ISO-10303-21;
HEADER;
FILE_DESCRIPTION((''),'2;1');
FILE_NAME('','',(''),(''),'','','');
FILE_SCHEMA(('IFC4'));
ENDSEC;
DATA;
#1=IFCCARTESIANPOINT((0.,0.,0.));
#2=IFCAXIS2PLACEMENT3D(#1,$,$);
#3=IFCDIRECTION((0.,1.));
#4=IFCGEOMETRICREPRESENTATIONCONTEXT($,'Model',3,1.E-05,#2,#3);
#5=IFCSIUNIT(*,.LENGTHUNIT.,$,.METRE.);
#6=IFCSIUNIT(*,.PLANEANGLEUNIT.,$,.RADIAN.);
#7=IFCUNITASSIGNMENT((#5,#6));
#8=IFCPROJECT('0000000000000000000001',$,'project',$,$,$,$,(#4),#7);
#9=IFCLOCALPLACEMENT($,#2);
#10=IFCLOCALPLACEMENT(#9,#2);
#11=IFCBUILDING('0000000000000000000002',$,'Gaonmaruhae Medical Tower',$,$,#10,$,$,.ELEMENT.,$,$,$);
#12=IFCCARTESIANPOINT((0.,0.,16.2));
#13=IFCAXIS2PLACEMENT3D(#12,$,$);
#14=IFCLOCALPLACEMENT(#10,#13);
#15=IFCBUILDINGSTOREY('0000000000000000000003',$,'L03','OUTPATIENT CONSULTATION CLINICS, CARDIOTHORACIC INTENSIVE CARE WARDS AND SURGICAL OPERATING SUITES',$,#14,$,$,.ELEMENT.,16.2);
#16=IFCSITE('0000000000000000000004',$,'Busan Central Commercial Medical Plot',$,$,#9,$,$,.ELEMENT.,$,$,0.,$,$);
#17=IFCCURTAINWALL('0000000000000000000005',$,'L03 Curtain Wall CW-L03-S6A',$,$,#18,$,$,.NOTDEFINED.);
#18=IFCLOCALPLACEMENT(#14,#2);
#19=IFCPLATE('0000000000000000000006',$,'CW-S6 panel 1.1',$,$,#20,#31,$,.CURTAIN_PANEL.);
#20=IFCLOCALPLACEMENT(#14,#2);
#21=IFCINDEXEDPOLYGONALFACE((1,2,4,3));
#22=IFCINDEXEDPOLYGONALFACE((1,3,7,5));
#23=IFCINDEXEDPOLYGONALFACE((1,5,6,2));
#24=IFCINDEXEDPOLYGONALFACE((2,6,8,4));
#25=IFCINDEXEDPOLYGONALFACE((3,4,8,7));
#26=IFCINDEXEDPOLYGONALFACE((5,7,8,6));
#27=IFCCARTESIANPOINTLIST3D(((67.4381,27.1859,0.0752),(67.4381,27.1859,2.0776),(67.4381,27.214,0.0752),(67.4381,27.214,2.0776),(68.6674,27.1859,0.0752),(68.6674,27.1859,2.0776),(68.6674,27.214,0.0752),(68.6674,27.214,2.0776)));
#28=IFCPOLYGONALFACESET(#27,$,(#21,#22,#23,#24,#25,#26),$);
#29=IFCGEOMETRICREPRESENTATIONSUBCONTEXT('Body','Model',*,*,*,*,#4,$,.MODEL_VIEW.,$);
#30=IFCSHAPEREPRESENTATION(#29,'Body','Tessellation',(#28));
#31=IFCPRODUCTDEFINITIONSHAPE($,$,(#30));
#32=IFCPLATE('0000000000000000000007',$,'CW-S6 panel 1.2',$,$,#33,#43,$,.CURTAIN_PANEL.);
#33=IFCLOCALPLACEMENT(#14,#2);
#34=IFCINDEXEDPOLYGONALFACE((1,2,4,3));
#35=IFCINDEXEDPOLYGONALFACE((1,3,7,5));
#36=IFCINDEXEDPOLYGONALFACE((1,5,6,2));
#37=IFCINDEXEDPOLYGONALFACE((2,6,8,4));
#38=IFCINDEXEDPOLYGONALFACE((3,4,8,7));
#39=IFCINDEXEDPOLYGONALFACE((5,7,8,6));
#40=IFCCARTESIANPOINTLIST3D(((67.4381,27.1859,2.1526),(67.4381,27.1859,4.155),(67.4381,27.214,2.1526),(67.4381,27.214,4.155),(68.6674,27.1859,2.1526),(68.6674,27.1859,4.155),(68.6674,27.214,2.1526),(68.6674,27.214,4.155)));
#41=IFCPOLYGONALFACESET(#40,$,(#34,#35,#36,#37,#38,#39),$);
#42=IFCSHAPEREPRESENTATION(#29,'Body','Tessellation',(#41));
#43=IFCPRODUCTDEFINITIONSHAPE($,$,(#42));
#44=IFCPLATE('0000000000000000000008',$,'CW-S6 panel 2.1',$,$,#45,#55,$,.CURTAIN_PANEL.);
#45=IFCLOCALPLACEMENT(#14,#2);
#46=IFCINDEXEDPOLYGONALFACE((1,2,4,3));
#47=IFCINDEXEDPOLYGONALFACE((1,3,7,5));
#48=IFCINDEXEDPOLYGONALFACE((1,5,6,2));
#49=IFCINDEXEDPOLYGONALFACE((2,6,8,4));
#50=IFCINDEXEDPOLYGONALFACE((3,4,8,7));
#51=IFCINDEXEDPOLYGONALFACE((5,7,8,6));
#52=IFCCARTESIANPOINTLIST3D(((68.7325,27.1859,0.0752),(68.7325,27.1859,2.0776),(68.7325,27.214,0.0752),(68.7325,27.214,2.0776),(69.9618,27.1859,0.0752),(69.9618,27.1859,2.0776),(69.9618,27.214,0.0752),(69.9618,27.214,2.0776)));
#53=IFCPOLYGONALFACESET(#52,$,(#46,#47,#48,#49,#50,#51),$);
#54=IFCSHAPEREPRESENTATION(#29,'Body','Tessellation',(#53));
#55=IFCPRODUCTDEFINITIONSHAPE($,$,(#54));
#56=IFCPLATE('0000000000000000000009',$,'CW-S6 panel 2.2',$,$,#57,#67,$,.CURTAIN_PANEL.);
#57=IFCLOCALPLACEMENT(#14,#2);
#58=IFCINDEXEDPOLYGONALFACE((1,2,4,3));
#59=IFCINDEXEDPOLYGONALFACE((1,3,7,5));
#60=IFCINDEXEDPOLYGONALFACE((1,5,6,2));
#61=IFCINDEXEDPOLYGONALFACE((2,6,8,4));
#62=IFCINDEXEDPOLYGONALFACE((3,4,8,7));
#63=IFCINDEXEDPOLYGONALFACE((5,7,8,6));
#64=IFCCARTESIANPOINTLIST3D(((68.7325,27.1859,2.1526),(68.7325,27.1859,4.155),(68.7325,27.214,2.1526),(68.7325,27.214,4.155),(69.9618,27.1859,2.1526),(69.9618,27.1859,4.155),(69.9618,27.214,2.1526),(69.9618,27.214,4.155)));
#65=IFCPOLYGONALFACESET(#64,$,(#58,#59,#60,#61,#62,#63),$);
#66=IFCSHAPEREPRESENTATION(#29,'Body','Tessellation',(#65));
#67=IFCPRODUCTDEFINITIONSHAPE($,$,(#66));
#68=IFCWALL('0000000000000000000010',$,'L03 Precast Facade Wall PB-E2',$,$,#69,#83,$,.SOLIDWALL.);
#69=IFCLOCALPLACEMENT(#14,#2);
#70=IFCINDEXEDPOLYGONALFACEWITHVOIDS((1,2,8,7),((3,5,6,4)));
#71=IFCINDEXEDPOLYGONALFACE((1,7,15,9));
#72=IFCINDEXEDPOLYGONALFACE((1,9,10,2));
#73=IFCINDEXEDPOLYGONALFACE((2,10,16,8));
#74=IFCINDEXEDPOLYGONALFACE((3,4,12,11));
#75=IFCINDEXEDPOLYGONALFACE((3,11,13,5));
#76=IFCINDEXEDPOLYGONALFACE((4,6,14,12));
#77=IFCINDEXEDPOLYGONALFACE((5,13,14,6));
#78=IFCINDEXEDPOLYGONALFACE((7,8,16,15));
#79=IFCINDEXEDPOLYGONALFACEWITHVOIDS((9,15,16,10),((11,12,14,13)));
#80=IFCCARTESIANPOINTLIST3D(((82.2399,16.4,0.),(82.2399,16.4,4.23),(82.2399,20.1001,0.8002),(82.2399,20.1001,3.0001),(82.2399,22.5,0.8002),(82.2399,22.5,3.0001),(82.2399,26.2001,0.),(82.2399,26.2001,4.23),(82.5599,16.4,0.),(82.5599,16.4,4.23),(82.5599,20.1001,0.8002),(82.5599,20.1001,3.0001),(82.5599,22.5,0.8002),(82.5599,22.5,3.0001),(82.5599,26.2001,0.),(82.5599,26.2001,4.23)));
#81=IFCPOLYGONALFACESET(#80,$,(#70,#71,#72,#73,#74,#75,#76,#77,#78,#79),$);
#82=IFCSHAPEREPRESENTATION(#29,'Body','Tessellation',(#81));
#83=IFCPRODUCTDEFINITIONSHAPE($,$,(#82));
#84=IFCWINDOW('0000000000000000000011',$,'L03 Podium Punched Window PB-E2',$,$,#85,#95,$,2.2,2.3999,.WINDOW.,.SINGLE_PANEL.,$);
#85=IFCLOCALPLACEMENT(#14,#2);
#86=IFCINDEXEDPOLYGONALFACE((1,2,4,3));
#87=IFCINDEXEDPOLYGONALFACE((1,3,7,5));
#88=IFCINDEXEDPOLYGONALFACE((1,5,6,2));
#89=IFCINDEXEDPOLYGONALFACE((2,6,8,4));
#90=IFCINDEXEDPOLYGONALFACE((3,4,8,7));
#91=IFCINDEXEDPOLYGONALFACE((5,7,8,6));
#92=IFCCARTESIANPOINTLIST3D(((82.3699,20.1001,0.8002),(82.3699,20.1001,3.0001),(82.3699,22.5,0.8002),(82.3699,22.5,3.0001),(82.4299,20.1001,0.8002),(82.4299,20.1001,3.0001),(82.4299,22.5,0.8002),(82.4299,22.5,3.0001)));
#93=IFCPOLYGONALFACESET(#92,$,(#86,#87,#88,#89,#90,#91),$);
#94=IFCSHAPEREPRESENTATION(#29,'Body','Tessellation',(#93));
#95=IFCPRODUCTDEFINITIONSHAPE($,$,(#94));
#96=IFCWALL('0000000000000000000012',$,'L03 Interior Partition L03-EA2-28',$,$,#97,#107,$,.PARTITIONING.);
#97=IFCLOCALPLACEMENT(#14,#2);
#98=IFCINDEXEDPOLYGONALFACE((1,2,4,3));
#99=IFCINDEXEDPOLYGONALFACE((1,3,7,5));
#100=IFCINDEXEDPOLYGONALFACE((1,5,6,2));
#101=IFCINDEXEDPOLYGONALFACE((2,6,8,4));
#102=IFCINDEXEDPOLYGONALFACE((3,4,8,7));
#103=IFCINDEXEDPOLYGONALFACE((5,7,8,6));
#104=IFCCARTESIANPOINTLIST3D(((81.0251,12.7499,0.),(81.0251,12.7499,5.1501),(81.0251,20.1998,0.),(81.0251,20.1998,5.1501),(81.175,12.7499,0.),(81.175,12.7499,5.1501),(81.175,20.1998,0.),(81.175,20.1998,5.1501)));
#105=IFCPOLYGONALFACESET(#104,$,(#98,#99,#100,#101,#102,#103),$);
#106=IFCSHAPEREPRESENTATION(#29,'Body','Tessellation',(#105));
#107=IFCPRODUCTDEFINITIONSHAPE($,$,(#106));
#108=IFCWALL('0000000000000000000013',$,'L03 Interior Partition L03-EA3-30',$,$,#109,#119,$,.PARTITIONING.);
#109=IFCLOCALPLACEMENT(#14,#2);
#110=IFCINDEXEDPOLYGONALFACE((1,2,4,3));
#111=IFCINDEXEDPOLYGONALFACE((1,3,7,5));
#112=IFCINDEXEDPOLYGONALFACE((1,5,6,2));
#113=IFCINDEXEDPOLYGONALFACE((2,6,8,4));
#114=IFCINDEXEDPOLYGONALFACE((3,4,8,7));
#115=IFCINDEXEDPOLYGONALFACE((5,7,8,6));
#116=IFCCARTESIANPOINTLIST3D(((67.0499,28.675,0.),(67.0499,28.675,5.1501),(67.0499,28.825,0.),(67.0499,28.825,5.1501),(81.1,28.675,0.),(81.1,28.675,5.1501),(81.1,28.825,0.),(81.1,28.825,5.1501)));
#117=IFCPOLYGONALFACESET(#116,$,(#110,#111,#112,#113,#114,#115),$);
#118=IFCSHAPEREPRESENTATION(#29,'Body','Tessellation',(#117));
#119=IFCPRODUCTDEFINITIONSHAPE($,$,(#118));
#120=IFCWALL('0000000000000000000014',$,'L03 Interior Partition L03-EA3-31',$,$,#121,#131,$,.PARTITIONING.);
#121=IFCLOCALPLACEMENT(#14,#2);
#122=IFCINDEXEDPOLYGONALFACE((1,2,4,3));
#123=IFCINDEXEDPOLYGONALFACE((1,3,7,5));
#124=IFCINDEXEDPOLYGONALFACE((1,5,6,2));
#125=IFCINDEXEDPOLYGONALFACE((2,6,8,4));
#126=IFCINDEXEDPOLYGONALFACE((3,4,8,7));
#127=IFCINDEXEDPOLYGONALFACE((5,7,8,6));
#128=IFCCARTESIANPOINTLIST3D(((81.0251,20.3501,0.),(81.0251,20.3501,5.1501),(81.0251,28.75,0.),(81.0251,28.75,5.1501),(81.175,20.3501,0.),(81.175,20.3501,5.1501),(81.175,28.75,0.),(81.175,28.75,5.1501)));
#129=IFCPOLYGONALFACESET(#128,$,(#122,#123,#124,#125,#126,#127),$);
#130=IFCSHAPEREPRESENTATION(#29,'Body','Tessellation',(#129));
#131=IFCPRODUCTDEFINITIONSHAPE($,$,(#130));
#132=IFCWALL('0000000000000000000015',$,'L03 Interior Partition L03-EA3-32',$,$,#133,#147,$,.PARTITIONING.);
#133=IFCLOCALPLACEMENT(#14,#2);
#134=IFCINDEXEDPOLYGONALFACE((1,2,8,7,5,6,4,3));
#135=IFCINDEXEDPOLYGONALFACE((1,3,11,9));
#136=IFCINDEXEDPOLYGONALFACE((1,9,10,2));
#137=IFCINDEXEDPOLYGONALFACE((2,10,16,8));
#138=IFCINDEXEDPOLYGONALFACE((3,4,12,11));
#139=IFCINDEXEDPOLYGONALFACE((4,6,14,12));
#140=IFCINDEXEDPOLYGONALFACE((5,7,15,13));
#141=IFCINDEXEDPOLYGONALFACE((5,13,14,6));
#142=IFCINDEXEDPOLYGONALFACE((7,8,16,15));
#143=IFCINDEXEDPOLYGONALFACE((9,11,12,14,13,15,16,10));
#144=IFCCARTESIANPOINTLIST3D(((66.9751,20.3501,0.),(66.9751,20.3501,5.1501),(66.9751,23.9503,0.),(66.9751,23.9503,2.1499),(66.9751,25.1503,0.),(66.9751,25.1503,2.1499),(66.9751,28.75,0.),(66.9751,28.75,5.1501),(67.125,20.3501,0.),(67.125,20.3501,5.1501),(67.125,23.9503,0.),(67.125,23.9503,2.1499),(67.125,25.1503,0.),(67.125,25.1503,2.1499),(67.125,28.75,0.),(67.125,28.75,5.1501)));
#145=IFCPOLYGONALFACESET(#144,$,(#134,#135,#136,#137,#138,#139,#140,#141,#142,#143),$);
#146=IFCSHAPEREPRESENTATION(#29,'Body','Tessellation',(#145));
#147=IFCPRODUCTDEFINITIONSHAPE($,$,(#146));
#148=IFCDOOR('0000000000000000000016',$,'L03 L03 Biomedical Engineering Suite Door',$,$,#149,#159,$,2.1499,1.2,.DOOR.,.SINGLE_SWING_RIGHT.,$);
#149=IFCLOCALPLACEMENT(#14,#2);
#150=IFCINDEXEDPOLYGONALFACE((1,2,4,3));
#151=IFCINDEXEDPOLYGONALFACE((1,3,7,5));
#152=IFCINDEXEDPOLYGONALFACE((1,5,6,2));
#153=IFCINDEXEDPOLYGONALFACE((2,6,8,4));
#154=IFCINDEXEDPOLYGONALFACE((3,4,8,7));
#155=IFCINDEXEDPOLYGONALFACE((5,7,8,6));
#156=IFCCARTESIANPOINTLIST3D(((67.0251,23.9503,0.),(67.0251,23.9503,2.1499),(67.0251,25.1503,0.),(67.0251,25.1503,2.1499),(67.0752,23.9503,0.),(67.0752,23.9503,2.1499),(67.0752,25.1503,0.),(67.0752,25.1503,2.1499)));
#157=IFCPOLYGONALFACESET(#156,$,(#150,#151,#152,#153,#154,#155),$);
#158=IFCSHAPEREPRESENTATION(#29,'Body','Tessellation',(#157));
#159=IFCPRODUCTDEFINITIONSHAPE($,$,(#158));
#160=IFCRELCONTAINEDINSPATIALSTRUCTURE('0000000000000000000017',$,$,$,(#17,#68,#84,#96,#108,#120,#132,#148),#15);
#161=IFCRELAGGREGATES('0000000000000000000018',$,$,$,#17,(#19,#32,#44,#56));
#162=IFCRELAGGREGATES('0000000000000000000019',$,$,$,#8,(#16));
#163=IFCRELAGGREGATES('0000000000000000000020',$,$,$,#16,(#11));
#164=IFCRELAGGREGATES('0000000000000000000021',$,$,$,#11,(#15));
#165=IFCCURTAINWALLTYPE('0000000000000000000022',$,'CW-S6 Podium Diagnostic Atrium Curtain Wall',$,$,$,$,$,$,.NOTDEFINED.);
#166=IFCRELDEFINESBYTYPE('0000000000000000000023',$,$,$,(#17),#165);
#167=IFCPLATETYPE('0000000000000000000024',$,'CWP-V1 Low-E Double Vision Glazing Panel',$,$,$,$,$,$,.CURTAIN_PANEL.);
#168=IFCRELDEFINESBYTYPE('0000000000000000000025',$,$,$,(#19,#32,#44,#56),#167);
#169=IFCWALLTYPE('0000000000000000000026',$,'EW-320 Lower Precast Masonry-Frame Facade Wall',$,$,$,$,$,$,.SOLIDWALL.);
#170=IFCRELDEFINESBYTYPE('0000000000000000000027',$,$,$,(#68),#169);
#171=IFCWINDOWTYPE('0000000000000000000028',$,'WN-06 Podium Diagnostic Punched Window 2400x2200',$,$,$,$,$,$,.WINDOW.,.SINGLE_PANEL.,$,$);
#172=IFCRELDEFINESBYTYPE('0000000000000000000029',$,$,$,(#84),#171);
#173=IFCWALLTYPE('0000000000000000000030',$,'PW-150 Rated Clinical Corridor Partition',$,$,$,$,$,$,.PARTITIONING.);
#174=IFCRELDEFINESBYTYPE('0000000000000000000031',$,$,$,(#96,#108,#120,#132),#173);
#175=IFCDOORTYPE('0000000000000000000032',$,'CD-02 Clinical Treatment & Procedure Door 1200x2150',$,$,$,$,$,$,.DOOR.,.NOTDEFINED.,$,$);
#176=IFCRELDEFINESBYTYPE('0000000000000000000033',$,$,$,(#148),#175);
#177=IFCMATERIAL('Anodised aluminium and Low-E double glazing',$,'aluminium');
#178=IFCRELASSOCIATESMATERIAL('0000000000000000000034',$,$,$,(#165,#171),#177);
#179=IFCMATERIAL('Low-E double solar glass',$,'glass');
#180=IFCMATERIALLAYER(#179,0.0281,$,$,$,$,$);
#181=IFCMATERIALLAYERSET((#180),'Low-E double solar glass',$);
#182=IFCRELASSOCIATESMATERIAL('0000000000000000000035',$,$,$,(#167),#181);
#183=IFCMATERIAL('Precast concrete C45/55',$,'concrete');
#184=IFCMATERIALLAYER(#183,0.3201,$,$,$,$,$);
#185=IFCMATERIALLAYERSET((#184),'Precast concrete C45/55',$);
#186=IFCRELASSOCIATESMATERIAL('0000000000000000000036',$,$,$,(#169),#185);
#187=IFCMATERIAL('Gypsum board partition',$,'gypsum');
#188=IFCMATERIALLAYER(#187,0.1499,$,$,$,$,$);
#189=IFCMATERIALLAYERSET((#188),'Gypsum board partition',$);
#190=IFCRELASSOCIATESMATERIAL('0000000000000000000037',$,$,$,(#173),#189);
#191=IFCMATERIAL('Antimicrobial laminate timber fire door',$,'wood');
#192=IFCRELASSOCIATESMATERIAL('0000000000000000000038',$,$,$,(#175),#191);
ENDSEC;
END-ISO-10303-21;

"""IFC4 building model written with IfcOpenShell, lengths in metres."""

from ifc_helpers import new_model, si_unit, direction, frame, frame_2d, origin, origin_2d, place, context, subcontext, project, spatial, rectangle, extrude, material, layer, layer_set, type_object, element, fill, aggregate, save


model = new_model("IFC4")

# Units and contexts
model_context = context("Model", 3, precision=1e-05, world=origin(), true_north=direction((0.0, 1.0)))
body_context = subcontext(model_context, "Body", "Model", "MODEL_VIEW")
ifc_project = project(units=[si_unit("LENGTHUNIT", "METRE"), si_unit("PLANEANGLEUNIT", "RADIAN")], contexts=[model_context])

# Site, building, storey
site_placement = place(None, origin())
site = spatial("IfcSite", under=ifc_project, at=site_placement, Name="Busan Central Commercial Medical Plot", CompositionType="ELEMENT", RefElevation=0.0)
building_placement = place(site_placement, origin())
building = spatial("IfcBuilding", under=site, at=building_placement, Name="Gaonmaruhae Medical Tower", CompositionType="ELEMENT")
storey_placement = place(building_placement, frame((0.0, 0.0, 16.2)))
storey = spatial("IfcBuildingStorey", under=building, at=storey_placement, Name="L03", Description="OUTPATIENT CONSULTATION CLINICS, CARDIOTHORACIC INTENSIVE CARE WARDS AND SURGICAL OPERATING SUITES", CompositionType="ELEMENT", Elevation=16.2)

# Curtain wall
ifc_material_1 = material(Name="Anodised aluminium and Low-E double glazing", Category="aluminium")
curtain_wall_type = type_object("IfcCurtainWallType", Name="CW-S6 Podium Diagnostic Atrium Curtain Wall", PredefinedType="NOTDEFINED", material=ifc_material_1)
curtain_wall_placement = place(storey_placement, origin())
curtain_wall = element("IfcCurtainWall", 1, at=curtain_wall_placement, inside=storey, type_object=curtain_wall_type, Name="L03 Curtain Wall CW-L03-S6A", PredefinedType="NOTDEFINED")

# Plates
ifc_material_2 = material(Name="Low-E double solar glass", Category="glass")
ifc_layer_1 = layer(ifc_material_2, 0.0281)
ifc_layer_set_1 = layer_set([ifc_layer_1], Name="Low-E double solar glass")
plate_type = type_object("IfcPlateType", Name="CWP-V1 Low-E Double Vision Glazing Panel", PredefinedType="CURTAIN_PANEL", material=ifc_layer_set_1)
plate_1_placement = place(storey_placement, frame((68.0527, 27.2, 0.0752), z_axis=(0.0, 0.0, 1.0), x_axis=(1.0, 0.0, 0.0)))
plate_1 = element("IfcPlate", 2, at=plate_1_placement, type_object=plate_type, Name="CW-S6 panel 1.1", PredefinedType="CURTAIN_PANEL", context=body_context, shape_type="SweptSolid", body=[
    extrude(rectangle(XDim=1.2292, YDim=0.0281, at=origin_2d()), origin(), (0.0, 0.0, 1.0), 2.0024),
])
plate_2_placement = place(storey_placement, frame((68.0527, 27.2, 2.1526), z_axis=(0.0, 0.0, 1.0), x_axis=(1.0, 0.0, 0.0)))
plate_2 = element("IfcPlate", 3, at=plate_2_placement, type_object=plate_type, Name="CW-S6 panel 1.2", PredefinedType="CURTAIN_PANEL", context=body_context, shape_type="SweptSolid", body=[
    extrude(rectangle(XDim=1.2292, YDim=0.0281, at=origin_2d()), origin(), (0.0, 0.0, 1.0), 2.0024),
])
plate_3_placement = place(storey_placement, frame((69.3472, 27.2, 0.0752), z_axis=(0.0, 0.0, 1.0), x_axis=(1.0, 0.0, 0.0)))
plate_3 = element("IfcPlate", 4, at=plate_3_placement, type_object=plate_type, Name="CW-S6 panel 2.1", PredefinedType="CURTAIN_PANEL", context=body_context, shape_type="SweptSolid", body=[
    extrude(rectangle(XDim=1.2292, YDim=0.0281, at=origin_2d()), origin(), (0.0, 0.0, 1.0), 2.0024),
])
plate_4_placement = place(storey_placement, frame((69.3472, 27.2, 2.1526), z_axis=(0.0, 0.0, 1.0), x_axis=(1.0, 0.0, 0.0)))
plate_4 = element("IfcPlate", 5, at=plate_4_placement, type_object=plate_type, Name="CW-S6 panel 2.2", PredefinedType="CURTAIN_PANEL", context=body_context, shape_type="SweptSolid", body=[
    extrude(rectangle(XDim=1.2292, YDim=0.0281, at=origin_2d()), origin(), (0.0, 0.0, 1.0), 2.0024),
])
aggregate(curtain_wall, [plate_1, plate_2, plate_3, plate_4])

# Wall, opening, window
ifc_material_3 = material(Name="Precast concrete C45/55", Category="concrete")
ifc_layer_2 = layer(ifc_material_3, 0.3201)
ifc_layer_set_2 = layer_set([ifc_layer_2], Name="Precast concrete C45/55")
wall_type_1 = type_object("IfcWallType", Name="EW-320 Lower Precast Masonry-Frame Facade Wall", PredefinedType="SOLIDWALL", material=ifc_layer_set_2)
wall_1_placement = place(storey_placement, frame((82.3999, 26.2, 0.0), z_axis=(0.0, 0.0, 1.0), x_axis=(0.0, -1.0, 0.0)))
wall_1 = element("IfcWall", 6, at=wall_1_placement, inside=storey, type_object=wall_type_1, Name="L03 Precast Facade Wall PB-E2", PredefinedType="SOLIDWALL", context=body_context, shape_type="SweptSolid", body=[
    extrude(rectangle(XDim=9.8, YDim=0.3201, at=frame_2d((4.8999, 0.0))), origin(), (0.0, 0.0, 1.0), 4.23),
])
opening_1_placement = place(wall_1_placement, frame((3.7, 0.0, 0.8)))
opening_1 = element("IfcOpeningElement", 7, at=opening_1_placement, cuts=wall_1, PredefinedType="OPENING", context=body_context, shape_type="SweptSolid", body=[
    extrude(rectangle(XDim=2.3999, YDim=2.2, at=frame_2d((1.2, 1.1001))), frame((0.0, 0.1699, 0.0), z_axis=(0.0, -1.0, 0.0), x_axis=(1.0, 0.0, 0.0)), (0.0, 0.0, 1.0), 0.3401),
])
window_type = type_object("IfcWindowType", Name="WN-06 Podium Diagnostic Punched Window 2400x2200", PartitioningType="SINGLE_PANEL", PredefinedType="WINDOW", material=ifc_material_1)
window_placement = place(opening_1_placement, origin())
window = element("IfcWindow", 8, at=window_placement, inside=storey, type_object=window_type, Name="L03 Podium Punched Window PB-E2", OverallHeight=2.2, OverallWidth=2.3999, PartitioningType="SINGLE_PANEL", PredefinedType="WINDOW", context=body_context, shape_type="SweptSolid", body=[
    extrude(rectangle(XDim=2.3999, YDim=2.2, at=frame_2d((1.2, 1.1001))), frame((0.0, 0.03, 0.0), z_axis=(0.0, -1.0, 0.0), x_axis=(1.0, 0.0, 0.0)), (0.0, 0.0, 1.0), 0.0601),
])
fill(opening_1, window)

# Walls
ifc_material_4 = material(Name="Gypsum board partition", Category="gypsum")
ifc_layer_3 = layer(ifc_material_4, 0.1499)
ifc_layer_set_3 = layer_set([ifc_layer_3], Name="Gypsum board partition")
wall_type_2 = type_object("IfcWallType", Name="PW-150 Rated Clinical Corridor Partition", PredefinedType="PARTITIONING", material=ifc_layer_set_3)
wall_2_placement = place(storey_placement, frame((81.1001, 20.2, 0.0), z_axis=(0.0, 0.0, 1.0), x_axis=(0.0, -1.0, 0.0)))
element("IfcWall", 9, at=wall_2_placement, inside=storey, type_object=wall_type_2, Name="L03 Interior Partition L03-EA2-28", PredefinedType="PARTITIONING", context=body_context, shape_type="SweptSolid", body=[
    extrude(rectangle(XDim=7.45, YDim=0.1499, at=frame_2d((3.7251, 0.0))), origin(), (0.0, 0.0, 1.0), 5.1501),
])
wall_3_placement = place(storey_placement, frame((67.05, 28.75, 0.0), z_axis=(0.0, 0.0, 1.0), x_axis=(1.0, 0.0, 0.0)))
element("IfcWall", 10, at=wall_3_placement, inside=storey, type_object=wall_type_2, Name="L03 Interior Partition L03-EA3-30", PredefinedType="PARTITIONING", context=body_context, shape_type="SweptSolid", body=[
    extrude(rectangle(XDim=14.05, YDim=0.1499, at=frame_2d((7.0249, 0.0))), origin(), (0.0, 0.0, 1.0), 5.1501),
])
wall_4_placement = place(storey_placement, frame((81.1001, 28.75, 0.0), z_axis=(0.0, 0.0, 1.0), x_axis=(0.0, -1.0, 0.0)))
element("IfcWall", 11, at=wall_4_placement, inside=storey, type_object=wall_type_2, Name="L03 Interior Partition L03-EA3-31", PredefinedType="PARTITIONING", context=body_context, shape_type="SweptSolid", body=[
    extrude(rectangle(XDim=8.3999, YDim=0.1499, at=frame_2d((4.2, 0.0))), origin(), (0.0, 0.0, 1.0), 5.1501),
])

# Wall, opening, door
wall_5_placement = place(storey_placement, frame((67.05, 20.3501, 0.0), z_axis=(0.0, 0.0, 1.0), x_axis=(0.0, 1.0, 0.0)))
wall_5 = element("IfcWall", 12, at=wall_5_placement, inside=storey, type_object=wall_type_2, Name="L03 Interior Partition L03-EA3-32", PredefinedType="PARTITIONING", context=body_context, shape_type="SweptSolid", body=[
    extrude(rectangle(XDim=8.3999, YDim=0.1499, at=frame_2d((4.2, 0.0))), origin(), (0.0, 0.0, 1.0), 5.1501),
])
opening_2_placement = place(wall_5_placement, frame((3.6001, 0.0, 0.0)))
opening_2 = element("IfcOpeningElement", 13, at=opening_2_placement, cuts=wall_5, PredefinedType="OPENING", context=body_context, shape_type="SweptSolid", body=[
    extrude(rectangle(XDim=1.2, YDim=2.1499, at=frame_2d((0.6001, 1.075))), frame((0.0, 0.085, 0.0), z_axis=(0.0, -1.0, 0.0), x_axis=(1.0, 0.0, 0.0)), (0.0, 0.0, 1.0), 0.1699),
])
ifc_material_5 = material(Name="Antimicrobial laminate timber fire door", Category="wood")
door_type = type_object("IfcDoorType", Name="CD-02 Clinical Treatment & Procedure Door 1200x2150", OperationType="NOTDEFINED", PredefinedType="DOOR", material=ifc_material_5)
door_placement = place(opening_2_placement, origin())
door = element("IfcDoor", 14, at=door_placement, inside=storey, type_object=door_type, Name="L03 L03 Biomedical Engineering Suite Door", OperationType="SINGLE_SWING_RIGHT", OverallHeight=2.1499, OverallWidth=1.2, PredefinedType="DOOR", context=body_context, shape_type="SweptSolid", body=[
    extrude(rectangle(XDim=1.2, YDim=2.1499, at=frame_2d((0.6001, 1.075))), frame((0.0, 0.0249, 0.0), z_axis=(0.0, -1.0, 0.0), x_axis=(1.0, 0.0, 0.0)), (0.0, 0.0, 1.0), 0.05),
])
fill(opening_2, door)

save(model, "model.ifc")
